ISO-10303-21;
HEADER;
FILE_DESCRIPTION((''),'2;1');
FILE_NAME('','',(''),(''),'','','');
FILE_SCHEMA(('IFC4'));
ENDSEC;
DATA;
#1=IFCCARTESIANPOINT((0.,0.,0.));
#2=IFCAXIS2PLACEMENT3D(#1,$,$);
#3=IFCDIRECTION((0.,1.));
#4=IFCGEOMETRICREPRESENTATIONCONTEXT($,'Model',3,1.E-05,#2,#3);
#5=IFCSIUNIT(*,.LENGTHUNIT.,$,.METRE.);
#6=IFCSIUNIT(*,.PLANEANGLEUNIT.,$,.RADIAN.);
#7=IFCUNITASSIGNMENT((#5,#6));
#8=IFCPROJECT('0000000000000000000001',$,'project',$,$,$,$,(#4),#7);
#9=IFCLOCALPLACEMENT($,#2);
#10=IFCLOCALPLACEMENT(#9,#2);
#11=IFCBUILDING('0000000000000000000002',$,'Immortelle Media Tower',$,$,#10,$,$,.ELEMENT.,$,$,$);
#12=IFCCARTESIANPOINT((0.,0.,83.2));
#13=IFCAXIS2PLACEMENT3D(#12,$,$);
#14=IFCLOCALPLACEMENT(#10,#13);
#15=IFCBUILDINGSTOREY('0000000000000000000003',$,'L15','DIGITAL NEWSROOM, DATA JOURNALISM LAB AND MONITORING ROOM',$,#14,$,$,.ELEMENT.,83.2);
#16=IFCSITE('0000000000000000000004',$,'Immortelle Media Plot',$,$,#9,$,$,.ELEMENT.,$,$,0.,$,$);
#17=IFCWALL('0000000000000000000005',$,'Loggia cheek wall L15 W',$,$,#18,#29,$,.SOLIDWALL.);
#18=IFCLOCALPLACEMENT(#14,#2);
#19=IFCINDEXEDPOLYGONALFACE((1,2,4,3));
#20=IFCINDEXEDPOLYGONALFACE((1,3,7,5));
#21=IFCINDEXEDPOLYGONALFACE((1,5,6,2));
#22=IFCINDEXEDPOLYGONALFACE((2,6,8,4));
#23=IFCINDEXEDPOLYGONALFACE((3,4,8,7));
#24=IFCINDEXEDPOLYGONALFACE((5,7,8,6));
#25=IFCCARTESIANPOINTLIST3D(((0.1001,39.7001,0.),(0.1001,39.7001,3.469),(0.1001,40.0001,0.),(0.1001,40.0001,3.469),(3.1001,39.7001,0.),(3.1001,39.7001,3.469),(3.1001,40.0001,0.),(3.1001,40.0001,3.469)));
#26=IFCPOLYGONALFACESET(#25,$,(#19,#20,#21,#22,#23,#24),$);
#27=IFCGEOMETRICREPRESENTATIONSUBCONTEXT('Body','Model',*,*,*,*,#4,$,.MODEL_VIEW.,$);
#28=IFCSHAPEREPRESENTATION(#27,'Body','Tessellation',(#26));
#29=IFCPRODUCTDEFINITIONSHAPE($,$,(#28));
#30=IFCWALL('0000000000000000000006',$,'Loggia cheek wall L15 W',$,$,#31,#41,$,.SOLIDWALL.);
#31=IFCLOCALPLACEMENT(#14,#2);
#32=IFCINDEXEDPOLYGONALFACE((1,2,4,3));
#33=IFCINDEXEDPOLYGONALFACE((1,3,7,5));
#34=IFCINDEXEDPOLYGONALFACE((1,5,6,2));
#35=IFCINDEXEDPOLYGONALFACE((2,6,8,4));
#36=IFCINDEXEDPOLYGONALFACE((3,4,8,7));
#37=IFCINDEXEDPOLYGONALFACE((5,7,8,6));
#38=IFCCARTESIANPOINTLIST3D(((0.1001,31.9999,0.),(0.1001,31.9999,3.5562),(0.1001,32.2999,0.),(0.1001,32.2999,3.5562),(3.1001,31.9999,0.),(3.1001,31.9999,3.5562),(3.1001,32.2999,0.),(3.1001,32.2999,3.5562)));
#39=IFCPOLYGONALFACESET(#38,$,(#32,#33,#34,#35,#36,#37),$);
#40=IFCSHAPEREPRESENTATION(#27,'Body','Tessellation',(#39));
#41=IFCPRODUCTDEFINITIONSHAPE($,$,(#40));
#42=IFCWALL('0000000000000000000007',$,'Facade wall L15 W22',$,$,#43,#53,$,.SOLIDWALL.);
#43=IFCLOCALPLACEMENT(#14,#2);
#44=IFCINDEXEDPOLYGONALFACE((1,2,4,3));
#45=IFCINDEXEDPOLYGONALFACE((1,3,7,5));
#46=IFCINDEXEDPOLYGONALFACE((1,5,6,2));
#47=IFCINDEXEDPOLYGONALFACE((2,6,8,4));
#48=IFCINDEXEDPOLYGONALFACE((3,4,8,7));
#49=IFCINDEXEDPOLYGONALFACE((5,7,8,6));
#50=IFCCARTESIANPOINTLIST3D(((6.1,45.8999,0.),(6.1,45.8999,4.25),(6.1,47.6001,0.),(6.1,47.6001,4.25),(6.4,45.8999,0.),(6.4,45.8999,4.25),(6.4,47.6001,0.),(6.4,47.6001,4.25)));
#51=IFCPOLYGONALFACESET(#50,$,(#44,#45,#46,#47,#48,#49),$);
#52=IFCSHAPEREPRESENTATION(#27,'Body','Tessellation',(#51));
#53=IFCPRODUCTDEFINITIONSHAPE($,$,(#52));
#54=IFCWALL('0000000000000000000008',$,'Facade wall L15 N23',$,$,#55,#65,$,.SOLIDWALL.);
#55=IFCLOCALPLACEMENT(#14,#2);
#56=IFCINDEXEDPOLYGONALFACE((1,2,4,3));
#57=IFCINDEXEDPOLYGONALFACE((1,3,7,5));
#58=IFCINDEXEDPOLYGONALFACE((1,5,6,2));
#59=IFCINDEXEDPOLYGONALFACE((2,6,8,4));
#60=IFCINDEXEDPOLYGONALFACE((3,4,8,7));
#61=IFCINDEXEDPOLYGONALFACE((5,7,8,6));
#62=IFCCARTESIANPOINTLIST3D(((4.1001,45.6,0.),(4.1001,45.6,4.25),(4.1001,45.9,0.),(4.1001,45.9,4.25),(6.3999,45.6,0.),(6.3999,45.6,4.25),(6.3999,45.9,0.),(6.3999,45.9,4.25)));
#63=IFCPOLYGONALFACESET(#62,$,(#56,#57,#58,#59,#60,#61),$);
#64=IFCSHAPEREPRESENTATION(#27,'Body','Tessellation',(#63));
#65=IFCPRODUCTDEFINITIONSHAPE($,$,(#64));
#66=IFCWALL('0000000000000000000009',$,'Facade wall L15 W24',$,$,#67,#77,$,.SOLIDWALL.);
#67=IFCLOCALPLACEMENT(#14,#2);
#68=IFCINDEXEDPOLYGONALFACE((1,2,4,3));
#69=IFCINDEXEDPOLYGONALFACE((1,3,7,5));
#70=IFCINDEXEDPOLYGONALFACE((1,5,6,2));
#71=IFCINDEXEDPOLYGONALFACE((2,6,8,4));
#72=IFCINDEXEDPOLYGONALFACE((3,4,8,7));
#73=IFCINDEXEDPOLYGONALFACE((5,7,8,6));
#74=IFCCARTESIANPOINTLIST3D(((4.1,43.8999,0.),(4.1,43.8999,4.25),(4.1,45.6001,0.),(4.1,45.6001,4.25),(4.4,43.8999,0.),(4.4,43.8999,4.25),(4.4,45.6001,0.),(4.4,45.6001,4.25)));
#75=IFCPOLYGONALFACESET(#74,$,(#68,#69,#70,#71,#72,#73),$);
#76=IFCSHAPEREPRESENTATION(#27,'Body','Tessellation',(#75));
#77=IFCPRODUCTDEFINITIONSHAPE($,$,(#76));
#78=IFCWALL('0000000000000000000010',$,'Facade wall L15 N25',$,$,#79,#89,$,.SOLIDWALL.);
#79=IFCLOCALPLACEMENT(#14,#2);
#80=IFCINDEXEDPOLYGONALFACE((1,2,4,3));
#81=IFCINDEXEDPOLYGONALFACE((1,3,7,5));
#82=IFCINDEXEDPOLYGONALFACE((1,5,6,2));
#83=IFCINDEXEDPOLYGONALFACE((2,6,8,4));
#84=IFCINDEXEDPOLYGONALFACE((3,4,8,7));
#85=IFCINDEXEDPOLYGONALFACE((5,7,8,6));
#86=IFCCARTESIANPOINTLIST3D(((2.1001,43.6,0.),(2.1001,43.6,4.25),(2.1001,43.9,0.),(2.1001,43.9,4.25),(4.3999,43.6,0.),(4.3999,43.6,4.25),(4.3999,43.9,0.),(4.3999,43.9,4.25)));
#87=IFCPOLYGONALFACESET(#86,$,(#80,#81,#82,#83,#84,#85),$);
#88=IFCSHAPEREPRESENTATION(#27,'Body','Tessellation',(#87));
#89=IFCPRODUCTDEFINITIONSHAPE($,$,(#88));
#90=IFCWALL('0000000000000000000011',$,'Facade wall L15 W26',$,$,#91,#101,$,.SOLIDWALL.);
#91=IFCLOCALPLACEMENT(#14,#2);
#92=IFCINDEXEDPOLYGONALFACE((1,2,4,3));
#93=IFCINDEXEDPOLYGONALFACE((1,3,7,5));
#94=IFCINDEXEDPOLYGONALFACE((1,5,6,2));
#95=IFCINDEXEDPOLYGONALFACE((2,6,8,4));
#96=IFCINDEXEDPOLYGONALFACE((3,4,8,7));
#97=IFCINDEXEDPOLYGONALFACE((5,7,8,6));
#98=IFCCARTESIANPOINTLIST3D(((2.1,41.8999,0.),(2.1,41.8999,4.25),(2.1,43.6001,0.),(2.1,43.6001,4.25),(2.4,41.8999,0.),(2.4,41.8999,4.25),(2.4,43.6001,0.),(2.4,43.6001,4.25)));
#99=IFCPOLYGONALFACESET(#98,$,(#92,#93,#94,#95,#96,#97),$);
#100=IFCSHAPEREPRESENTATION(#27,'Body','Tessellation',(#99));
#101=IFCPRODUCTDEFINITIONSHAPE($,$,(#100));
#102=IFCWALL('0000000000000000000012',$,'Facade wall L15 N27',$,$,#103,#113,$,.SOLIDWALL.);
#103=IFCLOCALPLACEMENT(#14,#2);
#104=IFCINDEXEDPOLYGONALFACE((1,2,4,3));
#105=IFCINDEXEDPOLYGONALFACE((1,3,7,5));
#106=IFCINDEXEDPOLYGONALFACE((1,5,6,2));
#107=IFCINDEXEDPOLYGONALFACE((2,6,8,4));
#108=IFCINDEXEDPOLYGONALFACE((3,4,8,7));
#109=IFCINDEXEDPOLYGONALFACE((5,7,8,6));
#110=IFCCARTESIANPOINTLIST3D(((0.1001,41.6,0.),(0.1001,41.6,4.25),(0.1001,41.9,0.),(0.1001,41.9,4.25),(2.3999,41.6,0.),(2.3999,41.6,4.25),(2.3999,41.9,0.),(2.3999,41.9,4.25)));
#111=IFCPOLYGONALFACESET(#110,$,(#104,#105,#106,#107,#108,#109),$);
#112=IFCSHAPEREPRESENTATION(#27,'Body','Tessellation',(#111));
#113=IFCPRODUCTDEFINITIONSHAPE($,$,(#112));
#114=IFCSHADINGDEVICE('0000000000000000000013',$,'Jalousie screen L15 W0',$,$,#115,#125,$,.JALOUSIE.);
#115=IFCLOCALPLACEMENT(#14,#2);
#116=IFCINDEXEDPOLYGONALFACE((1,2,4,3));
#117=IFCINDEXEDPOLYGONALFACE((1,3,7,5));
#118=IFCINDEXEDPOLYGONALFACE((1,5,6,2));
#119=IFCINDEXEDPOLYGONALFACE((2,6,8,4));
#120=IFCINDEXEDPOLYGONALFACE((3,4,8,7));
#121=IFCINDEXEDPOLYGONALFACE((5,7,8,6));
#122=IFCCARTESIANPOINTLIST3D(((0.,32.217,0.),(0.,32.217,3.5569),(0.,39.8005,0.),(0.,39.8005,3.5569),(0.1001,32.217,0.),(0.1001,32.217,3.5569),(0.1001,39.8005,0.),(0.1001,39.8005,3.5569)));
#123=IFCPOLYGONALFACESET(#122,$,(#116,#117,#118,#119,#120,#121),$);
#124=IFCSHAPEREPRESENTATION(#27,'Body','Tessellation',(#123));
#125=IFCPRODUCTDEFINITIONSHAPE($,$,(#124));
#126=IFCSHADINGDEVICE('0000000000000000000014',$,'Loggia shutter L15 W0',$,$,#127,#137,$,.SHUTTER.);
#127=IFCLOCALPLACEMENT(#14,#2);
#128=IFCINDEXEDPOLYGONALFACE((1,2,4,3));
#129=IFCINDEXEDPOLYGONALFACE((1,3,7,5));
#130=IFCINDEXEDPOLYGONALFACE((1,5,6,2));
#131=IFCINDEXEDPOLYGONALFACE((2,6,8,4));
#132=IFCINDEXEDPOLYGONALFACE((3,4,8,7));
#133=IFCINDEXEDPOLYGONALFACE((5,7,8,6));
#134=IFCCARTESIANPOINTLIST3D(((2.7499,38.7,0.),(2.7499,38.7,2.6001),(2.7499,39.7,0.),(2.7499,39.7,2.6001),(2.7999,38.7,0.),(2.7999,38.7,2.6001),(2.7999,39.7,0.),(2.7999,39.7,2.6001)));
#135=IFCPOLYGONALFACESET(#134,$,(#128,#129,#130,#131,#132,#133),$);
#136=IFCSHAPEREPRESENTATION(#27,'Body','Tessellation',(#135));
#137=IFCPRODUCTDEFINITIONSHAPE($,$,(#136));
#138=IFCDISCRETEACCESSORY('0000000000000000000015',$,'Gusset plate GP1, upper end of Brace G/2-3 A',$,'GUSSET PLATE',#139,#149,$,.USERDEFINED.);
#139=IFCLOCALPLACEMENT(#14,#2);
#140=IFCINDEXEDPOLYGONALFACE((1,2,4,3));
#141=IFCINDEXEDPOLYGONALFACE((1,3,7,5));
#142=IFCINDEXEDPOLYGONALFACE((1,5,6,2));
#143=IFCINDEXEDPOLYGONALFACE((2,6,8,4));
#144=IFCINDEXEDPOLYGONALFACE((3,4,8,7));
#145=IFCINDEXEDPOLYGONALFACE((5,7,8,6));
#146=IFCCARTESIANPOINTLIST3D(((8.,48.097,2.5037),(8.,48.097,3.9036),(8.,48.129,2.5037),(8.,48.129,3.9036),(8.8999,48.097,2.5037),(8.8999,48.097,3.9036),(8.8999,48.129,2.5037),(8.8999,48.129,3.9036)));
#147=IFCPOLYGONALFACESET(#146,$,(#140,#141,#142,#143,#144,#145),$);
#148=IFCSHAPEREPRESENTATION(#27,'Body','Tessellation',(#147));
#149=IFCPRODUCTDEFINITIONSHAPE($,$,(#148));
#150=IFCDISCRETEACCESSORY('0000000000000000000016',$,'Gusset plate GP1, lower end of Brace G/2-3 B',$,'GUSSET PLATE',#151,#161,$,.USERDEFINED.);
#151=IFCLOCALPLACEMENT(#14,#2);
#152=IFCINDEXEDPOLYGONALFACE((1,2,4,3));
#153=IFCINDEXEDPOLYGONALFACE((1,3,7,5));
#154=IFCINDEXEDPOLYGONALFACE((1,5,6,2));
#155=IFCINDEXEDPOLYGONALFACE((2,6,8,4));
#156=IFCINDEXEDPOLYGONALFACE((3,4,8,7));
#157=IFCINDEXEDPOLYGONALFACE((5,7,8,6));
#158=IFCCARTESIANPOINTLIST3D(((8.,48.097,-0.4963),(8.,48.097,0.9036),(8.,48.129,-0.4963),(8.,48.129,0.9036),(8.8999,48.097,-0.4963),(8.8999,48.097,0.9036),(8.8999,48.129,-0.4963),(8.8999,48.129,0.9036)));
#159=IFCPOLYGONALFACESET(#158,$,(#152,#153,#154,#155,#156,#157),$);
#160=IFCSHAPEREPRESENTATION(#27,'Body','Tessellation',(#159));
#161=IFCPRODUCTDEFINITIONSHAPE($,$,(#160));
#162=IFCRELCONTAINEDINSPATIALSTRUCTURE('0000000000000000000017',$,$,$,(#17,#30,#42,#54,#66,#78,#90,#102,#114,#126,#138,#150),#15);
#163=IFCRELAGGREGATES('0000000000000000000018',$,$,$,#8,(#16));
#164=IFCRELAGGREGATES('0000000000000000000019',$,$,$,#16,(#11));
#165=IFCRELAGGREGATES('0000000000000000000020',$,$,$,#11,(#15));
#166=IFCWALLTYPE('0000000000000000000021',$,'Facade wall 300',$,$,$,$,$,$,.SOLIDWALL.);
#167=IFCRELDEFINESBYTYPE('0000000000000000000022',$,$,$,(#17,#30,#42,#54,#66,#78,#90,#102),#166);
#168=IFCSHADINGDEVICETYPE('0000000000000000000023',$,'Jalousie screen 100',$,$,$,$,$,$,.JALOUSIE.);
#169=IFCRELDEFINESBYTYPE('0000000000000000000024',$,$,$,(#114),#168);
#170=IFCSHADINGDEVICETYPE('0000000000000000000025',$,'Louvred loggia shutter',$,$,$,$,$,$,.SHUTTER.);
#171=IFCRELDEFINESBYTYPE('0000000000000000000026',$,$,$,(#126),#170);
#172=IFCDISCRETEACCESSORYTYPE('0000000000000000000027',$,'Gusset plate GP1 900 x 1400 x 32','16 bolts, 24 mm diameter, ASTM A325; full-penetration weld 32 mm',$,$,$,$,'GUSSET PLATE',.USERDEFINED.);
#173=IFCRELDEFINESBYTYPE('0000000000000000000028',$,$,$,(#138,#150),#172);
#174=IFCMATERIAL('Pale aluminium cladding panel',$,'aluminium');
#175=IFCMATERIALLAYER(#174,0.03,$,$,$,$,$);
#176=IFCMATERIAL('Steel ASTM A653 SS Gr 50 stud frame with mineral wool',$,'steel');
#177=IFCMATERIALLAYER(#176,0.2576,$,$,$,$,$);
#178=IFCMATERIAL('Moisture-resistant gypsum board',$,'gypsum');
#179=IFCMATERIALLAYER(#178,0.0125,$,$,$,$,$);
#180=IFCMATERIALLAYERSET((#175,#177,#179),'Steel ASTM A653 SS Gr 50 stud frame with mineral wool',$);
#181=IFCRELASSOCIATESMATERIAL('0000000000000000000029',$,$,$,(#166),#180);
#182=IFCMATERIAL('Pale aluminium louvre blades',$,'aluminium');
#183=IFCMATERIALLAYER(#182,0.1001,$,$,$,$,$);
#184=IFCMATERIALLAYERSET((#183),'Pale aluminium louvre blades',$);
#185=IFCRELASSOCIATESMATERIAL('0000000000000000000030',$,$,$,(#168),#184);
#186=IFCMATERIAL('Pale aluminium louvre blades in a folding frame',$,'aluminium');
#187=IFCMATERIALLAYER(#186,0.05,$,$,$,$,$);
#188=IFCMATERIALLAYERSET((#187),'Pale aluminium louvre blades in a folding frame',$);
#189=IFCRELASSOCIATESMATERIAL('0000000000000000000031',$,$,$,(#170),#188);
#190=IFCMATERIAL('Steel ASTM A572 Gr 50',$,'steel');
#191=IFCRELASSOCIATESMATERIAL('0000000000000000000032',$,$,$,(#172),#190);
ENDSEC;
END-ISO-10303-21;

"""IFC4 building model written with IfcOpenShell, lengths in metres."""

from ifc_helpers import new_model, si_unit, direction, frame, frame_2d, origin, origin_2d, place, context, subcontext, project, spatial, rectangle, extrude, material, layer, layer_set, material_profile, profile_set, type_object, element, save


model = new_model("IFC4")

# Units and contexts
model_context = context("Model", 3, precision=1e-05, world=origin(), true_north=direction((0.0, 1.0)))
body_context = subcontext(model_context, "Body", "Model", "MODEL_VIEW")
ifc_project = project(units=[si_unit("LENGTHUNIT", "METRE"), si_unit("PLANEANGLEUNIT", "RADIAN")], contexts=[model_context])

# Site, building, storey
site_placement = place(None, origin())
site = spatial("IfcSite", under=ifc_project, at=site_placement, Name="Immortelle Media Plot", CompositionType="ELEMENT", RefElevation=0.0)
building_placement = place(site_placement, origin())
building = spatial("IfcBuilding", under=site, at=building_placement, Name="Immortelle Media Tower", CompositionType="ELEMENT")
storey_placement = place(building_placement, frame((0.0, 0.0, 83.2)))
storey = spatial("IfcBuildingStorey", under=building, at=storey_placement, Name="L15", Description="DIGITAL NEWSROOM, DATA JOURNALISM LAB AND MONITORING ROOM", CompositionType="ELEMENT", Elevation=83.2)

# Shared definitions
ifc_material_1 = material(Name="Pale aluminium cladding panel", Category="aluminium")
ifc_layer_1 = layer(ifc_material_1, 0.03)
ifc_material_2 = material(Name="Steel ASTM A653 SS Gr 50 stud frame with mineral wool", Category="steel")
ifc_layer_2 = layer(ifc_material_2, 0.2576)
ifc_material_3 = material(Name="Moisture-resistant gypsum board", Category="gypsum")
ifc_layer_3 = layer(ifc_material_3, 0.0125)
ifc_layer_set_1 = layer_set([ifc_layer_1, ifc_layer_2, ifc_layer_3], Name="Steel ASTM A653 SS Gr 50 stud frame with mineral wool")
wall_type = type_object("IfcWallType", Name="Facade wall 300", PredefinedType="SOLIDWALL", material=ifc_layer_set_1)

# Walls
wall_1_placement = place(storey_placement, frame((0.1001, 39.8501, 0.0), z_axis=(0.0, 0.0, 1.0), x_axis=(1.0, 0.0, 0.0)))
element("IfcWall", 1, at=wall_1_placement, inside=storey, type_object=wall_type, Name="Loggia cheek wall L15 W", PredefinedType="SOLIDWALL", context=body_context, shape_type="SweptSolid", body=[
    extrude(rectangle(XDim=3.0, YDim=0.3, at=frame_2d((1.5, 0.0))), origin(), (0.0, 0.0, 1.0), 3.469),
])
wall_2_placement = place(storey_placement, frame((0.1001, 32.1499, 0.0), z_axis=(0.0, 0.0, 1.0), x_axis=(1.0, 0.0, 0.0)))
element("IfcWall", 2, at=wall_2_placement, inside=storey, type_object=wall_type, Name="Loggia cheek wall L15 W", PredefinedType="SOLIDWALL", context=body_context, shape_type="SweptSolid", body=[
    extrude(rectangle(XDim=3.0, YDim=0.3, at=frame_2d((1.5, 0.0))), origin(), (0.0, 0.0, 1.0), 3.5562),
])
wall_3_placement = place(storey_placement, frame((6.25, 47.6001, 0.0), z_axis=(0.0, 0.0, 1.0), x_axis=(0.0, -1.0, 0.0)))
element("IfcWall", 3, at=wall_3_placement, inside=storey, type_object=wall_type, Name="Facade wall L15 W22", PredefinedType="SOLIDWALL", context=body_context, shape_type="SweptSolid", body=[
    extrude(rectangle(XDim=1.7002, YDim=0.3, at=frame_2d((0.8501, 0.0))), origin(), (0.0, 0.0, 1.0), 4.25),
])
wall_4_placement = place(storey_placement, frame((6.3999, 45.75, 0.0), z_axis=(0.0, 0.0, 1.0), x_axis=(-1.0, 0.0, 0.0)))
element("IfcWall", 4, at=wall_4_placement, inside=storey, type_object=wall_type, Name="Facade wall L15 N23", PredefinedType="SOLIDWALL", context=body_context, shape_type="SweptSolid", body=[
    extrude(rectangle(XDim=2.2998, YDim=0.3, at=frame_2d((1.1499, 0.0))), origin(), (0.0, 0.0, 1.0), 4.25),
])
wall_5_placement = place(storey_placement, frame((4.25, 45.6001, 0.0), z_axis=(0.0, 0.0, 1.0), x_axis=(0.0, -1.0, 0.0)))
element("IfcWall", 5, at=wall_5_placement, inside=storey, type_object=wall_type, Name="Facade wall L15 W24", PredefinedType="SOLIDWALL", context=body_context, shape_type="SweptSolid", body=[
    extrude(rectangle(XDim=1.7002, YDim=0.3, at=frame_2d((0.8501, 0.0))), origin(), (0.0, 0.0, 1.0), 4.25),
])
wall_6_placement = place(storey_placement, frame((4.3999, 43.75, 0.0), z_axis=(0.0, 0.0, 1.0), x_axis=(-1.0, 0.0, 0.0)))
element("IfcWall", 6, at=wall_6_placement, inside=storey, type_object=wall_type, Name="Facade wall L15 N25", PredefinedType="SOLIDWALL", context=body_context, shape_type="SweptSolid", body=[
    extrude(rectangle(XDim=2.2998, YDim=0.3, at=frame_2d((1.1499, 0.0))), origin(), (0.0, 0.0, 1.0), 4.25),
])
wall_7_placement = place(storey_placement, frame((2.25, 43.6001, 0.0), z_axis=(0.0, 0.0, 1.0), x_axis=(0.0, -1.0, 0.0)))
element("IfcWall", 7, at=wall_7_placement, inside=storey, type_object=wall_type, Name="Facade wall L15 W26", PredefinedType="SOLIDWALL", context=body_context, shape_type="SweptSolid", body=[
    extrude(rectangle(XDim=1.7002, YDim=0.3, at=frame_2d((0.8501, 0.0))), origin(), (0.0, 0.0, 1.0), 4.25),
])
wall_8_placement = place(storey_placement, frame((2.3999, 41.75, 0.0), z_axis=(0.0, 0.0, 1.0), x_axis=(-1.0, 0.0, 0.0)))
element("IfcWall", 8, at=wall_8_placement, inside=storey, type_object=wall_type, Name="Facade wall L15 N27", PredefinedType="SOLIDWALL", context=body_context, shape_type="SweptSolid", body=[
    extrude(rectangle(XDim=2.2998, YDim=0.3, at=frame_2d((1.1499, 0.0))), origin(), (0.0, 0.0, 1.0), 4.25),
])

# Shading devices
ifc_material_4 = material(Name="Pale aluminium louvre blades", Category="aluminium")
ifc_layer_4 = layer(ifc_material_4, 0.1001)
ifc_layer_set_2 = layer_set([ifc_layer_4], Name="Pale aluminium louvre blades")
shading_device_type_1 = type_object("IfcShadingDeviceType", Name="Jalousie screen 100", PredefinedType="JALOUSIE", material=ifc_layer_set_2)
shading_device_1_placement = place(storey_placement, frame((0.05, 36.0088, 0.0), z_axis=(0.0, 0.0, 1.0), x_axis=(0.0, -1.0, 0.0)))
element("IfcShadingDevice", 9, at=shading_device_1_placement, inside=storey, type_object=shading_device_type_1, Name="Jalousie screen L15 W0", PredefinedType="JALOUSIE", context=body_context, shape_type="SweptSolid", body=[
    extrude(rectangle(XDim=7.5835, YDim=0.1001, at=origin_2d()), origin(), (0.0, 0.0, 1.0), 3.5569),
])
ifc_material_5 = material(Name="Pale aluminium louvre blades in a folding frame", Category="aluminium")
ifc_layer_5 = layer(ifc_material_5, 0.05)
ifc_layer_set_3 = layer_set([ifc_layer_5], Name="Pale aluminium louvre blades in a folding frame")
shading_device_type_2 = type_object("IfcShadingDeviceType", Name="Louvred loggia shutter", PredefinedType="SHUTTER", material=ifc_layer_set_3)
shading_device_2_placement = place(storey_placement, frame((2.7749, 39.2, 0.0), z_axis=(0.0, 0.0, 1.0), x_axis=(0.0, -1.0, 0.0)))
element("IfcShadingDevice", 10, at=shading_device_2_placement, inside=storey, type_object=shading_device_type_2, Name="Loggia shutter L15 W0", PredefinedType="SHUTTER", context=body_context, shape_type="SweptSolid", body=[
    extrude(rectangle(XDim=1.0, YDim=0.05, at=origin_2d()), origin(), (0.0, 0.0, 1.0), 2.6001),
])

# Discrete accessories
ifc_material_6 = material(Name="Steel ASTM A572 Gr 50", Category="steel")
ifc_material_profile_1 = material_profile(ifc_material_6, rectangle(XDim=0.032, YDim=1.3999, at=origin_2d()), Name="PL 32 x 1400")
ifc_profile_set_1 = profile_set([ifc_material_profile_1], Name="Steel ASTM A572 Gr 50")
discrete_accessory_type = type_object("IfcDiscreteAccessoryType", Name="Gusset plate GP1 900 x 1400 x 32", Description="16 bolts, 24 mm diameter, ASTM A325; full-penetration weld 32 mm", ElementType="GUSSET PLATE", PredefinedType="USERDEFINED", material=ifc_profile_set_1)
for number, where, z_axis, x_axis, name in (
    (11, (8.0, 48.113, 3.2036), (1.0, 0.0, 0.0), (0.0, 1.0, 0.0), "Gusset plate GP1, upper end of Brace G/2-3 A"),
    (12, (8.0, 48.113, 0.2036), (1.0, 0.0, 0.0), (0.0, 1.0, 0.0), "Gusset plate GP1, lower end of Brace G/2-3 B"),
):
    element("IfcDiscreteAccessory", number, at=place(storey_placement, frame(where, z_axis=z_axis, x_axis=x_axis)), inside=storey, type_object=discrete_accessory_type, Name=name, ObjectType="GUSSET PLATE", PredefinedType="USERDEFINED", context=body_context, shape_type="SweptSolid", body=[
        extrude(rectangle(XDim=0.032, YDim=1.3999, at=origin_2d()), origin(), (0.0, 0.0, 1.0), 0.8999),
    ])

save(model, "model.ifc")
